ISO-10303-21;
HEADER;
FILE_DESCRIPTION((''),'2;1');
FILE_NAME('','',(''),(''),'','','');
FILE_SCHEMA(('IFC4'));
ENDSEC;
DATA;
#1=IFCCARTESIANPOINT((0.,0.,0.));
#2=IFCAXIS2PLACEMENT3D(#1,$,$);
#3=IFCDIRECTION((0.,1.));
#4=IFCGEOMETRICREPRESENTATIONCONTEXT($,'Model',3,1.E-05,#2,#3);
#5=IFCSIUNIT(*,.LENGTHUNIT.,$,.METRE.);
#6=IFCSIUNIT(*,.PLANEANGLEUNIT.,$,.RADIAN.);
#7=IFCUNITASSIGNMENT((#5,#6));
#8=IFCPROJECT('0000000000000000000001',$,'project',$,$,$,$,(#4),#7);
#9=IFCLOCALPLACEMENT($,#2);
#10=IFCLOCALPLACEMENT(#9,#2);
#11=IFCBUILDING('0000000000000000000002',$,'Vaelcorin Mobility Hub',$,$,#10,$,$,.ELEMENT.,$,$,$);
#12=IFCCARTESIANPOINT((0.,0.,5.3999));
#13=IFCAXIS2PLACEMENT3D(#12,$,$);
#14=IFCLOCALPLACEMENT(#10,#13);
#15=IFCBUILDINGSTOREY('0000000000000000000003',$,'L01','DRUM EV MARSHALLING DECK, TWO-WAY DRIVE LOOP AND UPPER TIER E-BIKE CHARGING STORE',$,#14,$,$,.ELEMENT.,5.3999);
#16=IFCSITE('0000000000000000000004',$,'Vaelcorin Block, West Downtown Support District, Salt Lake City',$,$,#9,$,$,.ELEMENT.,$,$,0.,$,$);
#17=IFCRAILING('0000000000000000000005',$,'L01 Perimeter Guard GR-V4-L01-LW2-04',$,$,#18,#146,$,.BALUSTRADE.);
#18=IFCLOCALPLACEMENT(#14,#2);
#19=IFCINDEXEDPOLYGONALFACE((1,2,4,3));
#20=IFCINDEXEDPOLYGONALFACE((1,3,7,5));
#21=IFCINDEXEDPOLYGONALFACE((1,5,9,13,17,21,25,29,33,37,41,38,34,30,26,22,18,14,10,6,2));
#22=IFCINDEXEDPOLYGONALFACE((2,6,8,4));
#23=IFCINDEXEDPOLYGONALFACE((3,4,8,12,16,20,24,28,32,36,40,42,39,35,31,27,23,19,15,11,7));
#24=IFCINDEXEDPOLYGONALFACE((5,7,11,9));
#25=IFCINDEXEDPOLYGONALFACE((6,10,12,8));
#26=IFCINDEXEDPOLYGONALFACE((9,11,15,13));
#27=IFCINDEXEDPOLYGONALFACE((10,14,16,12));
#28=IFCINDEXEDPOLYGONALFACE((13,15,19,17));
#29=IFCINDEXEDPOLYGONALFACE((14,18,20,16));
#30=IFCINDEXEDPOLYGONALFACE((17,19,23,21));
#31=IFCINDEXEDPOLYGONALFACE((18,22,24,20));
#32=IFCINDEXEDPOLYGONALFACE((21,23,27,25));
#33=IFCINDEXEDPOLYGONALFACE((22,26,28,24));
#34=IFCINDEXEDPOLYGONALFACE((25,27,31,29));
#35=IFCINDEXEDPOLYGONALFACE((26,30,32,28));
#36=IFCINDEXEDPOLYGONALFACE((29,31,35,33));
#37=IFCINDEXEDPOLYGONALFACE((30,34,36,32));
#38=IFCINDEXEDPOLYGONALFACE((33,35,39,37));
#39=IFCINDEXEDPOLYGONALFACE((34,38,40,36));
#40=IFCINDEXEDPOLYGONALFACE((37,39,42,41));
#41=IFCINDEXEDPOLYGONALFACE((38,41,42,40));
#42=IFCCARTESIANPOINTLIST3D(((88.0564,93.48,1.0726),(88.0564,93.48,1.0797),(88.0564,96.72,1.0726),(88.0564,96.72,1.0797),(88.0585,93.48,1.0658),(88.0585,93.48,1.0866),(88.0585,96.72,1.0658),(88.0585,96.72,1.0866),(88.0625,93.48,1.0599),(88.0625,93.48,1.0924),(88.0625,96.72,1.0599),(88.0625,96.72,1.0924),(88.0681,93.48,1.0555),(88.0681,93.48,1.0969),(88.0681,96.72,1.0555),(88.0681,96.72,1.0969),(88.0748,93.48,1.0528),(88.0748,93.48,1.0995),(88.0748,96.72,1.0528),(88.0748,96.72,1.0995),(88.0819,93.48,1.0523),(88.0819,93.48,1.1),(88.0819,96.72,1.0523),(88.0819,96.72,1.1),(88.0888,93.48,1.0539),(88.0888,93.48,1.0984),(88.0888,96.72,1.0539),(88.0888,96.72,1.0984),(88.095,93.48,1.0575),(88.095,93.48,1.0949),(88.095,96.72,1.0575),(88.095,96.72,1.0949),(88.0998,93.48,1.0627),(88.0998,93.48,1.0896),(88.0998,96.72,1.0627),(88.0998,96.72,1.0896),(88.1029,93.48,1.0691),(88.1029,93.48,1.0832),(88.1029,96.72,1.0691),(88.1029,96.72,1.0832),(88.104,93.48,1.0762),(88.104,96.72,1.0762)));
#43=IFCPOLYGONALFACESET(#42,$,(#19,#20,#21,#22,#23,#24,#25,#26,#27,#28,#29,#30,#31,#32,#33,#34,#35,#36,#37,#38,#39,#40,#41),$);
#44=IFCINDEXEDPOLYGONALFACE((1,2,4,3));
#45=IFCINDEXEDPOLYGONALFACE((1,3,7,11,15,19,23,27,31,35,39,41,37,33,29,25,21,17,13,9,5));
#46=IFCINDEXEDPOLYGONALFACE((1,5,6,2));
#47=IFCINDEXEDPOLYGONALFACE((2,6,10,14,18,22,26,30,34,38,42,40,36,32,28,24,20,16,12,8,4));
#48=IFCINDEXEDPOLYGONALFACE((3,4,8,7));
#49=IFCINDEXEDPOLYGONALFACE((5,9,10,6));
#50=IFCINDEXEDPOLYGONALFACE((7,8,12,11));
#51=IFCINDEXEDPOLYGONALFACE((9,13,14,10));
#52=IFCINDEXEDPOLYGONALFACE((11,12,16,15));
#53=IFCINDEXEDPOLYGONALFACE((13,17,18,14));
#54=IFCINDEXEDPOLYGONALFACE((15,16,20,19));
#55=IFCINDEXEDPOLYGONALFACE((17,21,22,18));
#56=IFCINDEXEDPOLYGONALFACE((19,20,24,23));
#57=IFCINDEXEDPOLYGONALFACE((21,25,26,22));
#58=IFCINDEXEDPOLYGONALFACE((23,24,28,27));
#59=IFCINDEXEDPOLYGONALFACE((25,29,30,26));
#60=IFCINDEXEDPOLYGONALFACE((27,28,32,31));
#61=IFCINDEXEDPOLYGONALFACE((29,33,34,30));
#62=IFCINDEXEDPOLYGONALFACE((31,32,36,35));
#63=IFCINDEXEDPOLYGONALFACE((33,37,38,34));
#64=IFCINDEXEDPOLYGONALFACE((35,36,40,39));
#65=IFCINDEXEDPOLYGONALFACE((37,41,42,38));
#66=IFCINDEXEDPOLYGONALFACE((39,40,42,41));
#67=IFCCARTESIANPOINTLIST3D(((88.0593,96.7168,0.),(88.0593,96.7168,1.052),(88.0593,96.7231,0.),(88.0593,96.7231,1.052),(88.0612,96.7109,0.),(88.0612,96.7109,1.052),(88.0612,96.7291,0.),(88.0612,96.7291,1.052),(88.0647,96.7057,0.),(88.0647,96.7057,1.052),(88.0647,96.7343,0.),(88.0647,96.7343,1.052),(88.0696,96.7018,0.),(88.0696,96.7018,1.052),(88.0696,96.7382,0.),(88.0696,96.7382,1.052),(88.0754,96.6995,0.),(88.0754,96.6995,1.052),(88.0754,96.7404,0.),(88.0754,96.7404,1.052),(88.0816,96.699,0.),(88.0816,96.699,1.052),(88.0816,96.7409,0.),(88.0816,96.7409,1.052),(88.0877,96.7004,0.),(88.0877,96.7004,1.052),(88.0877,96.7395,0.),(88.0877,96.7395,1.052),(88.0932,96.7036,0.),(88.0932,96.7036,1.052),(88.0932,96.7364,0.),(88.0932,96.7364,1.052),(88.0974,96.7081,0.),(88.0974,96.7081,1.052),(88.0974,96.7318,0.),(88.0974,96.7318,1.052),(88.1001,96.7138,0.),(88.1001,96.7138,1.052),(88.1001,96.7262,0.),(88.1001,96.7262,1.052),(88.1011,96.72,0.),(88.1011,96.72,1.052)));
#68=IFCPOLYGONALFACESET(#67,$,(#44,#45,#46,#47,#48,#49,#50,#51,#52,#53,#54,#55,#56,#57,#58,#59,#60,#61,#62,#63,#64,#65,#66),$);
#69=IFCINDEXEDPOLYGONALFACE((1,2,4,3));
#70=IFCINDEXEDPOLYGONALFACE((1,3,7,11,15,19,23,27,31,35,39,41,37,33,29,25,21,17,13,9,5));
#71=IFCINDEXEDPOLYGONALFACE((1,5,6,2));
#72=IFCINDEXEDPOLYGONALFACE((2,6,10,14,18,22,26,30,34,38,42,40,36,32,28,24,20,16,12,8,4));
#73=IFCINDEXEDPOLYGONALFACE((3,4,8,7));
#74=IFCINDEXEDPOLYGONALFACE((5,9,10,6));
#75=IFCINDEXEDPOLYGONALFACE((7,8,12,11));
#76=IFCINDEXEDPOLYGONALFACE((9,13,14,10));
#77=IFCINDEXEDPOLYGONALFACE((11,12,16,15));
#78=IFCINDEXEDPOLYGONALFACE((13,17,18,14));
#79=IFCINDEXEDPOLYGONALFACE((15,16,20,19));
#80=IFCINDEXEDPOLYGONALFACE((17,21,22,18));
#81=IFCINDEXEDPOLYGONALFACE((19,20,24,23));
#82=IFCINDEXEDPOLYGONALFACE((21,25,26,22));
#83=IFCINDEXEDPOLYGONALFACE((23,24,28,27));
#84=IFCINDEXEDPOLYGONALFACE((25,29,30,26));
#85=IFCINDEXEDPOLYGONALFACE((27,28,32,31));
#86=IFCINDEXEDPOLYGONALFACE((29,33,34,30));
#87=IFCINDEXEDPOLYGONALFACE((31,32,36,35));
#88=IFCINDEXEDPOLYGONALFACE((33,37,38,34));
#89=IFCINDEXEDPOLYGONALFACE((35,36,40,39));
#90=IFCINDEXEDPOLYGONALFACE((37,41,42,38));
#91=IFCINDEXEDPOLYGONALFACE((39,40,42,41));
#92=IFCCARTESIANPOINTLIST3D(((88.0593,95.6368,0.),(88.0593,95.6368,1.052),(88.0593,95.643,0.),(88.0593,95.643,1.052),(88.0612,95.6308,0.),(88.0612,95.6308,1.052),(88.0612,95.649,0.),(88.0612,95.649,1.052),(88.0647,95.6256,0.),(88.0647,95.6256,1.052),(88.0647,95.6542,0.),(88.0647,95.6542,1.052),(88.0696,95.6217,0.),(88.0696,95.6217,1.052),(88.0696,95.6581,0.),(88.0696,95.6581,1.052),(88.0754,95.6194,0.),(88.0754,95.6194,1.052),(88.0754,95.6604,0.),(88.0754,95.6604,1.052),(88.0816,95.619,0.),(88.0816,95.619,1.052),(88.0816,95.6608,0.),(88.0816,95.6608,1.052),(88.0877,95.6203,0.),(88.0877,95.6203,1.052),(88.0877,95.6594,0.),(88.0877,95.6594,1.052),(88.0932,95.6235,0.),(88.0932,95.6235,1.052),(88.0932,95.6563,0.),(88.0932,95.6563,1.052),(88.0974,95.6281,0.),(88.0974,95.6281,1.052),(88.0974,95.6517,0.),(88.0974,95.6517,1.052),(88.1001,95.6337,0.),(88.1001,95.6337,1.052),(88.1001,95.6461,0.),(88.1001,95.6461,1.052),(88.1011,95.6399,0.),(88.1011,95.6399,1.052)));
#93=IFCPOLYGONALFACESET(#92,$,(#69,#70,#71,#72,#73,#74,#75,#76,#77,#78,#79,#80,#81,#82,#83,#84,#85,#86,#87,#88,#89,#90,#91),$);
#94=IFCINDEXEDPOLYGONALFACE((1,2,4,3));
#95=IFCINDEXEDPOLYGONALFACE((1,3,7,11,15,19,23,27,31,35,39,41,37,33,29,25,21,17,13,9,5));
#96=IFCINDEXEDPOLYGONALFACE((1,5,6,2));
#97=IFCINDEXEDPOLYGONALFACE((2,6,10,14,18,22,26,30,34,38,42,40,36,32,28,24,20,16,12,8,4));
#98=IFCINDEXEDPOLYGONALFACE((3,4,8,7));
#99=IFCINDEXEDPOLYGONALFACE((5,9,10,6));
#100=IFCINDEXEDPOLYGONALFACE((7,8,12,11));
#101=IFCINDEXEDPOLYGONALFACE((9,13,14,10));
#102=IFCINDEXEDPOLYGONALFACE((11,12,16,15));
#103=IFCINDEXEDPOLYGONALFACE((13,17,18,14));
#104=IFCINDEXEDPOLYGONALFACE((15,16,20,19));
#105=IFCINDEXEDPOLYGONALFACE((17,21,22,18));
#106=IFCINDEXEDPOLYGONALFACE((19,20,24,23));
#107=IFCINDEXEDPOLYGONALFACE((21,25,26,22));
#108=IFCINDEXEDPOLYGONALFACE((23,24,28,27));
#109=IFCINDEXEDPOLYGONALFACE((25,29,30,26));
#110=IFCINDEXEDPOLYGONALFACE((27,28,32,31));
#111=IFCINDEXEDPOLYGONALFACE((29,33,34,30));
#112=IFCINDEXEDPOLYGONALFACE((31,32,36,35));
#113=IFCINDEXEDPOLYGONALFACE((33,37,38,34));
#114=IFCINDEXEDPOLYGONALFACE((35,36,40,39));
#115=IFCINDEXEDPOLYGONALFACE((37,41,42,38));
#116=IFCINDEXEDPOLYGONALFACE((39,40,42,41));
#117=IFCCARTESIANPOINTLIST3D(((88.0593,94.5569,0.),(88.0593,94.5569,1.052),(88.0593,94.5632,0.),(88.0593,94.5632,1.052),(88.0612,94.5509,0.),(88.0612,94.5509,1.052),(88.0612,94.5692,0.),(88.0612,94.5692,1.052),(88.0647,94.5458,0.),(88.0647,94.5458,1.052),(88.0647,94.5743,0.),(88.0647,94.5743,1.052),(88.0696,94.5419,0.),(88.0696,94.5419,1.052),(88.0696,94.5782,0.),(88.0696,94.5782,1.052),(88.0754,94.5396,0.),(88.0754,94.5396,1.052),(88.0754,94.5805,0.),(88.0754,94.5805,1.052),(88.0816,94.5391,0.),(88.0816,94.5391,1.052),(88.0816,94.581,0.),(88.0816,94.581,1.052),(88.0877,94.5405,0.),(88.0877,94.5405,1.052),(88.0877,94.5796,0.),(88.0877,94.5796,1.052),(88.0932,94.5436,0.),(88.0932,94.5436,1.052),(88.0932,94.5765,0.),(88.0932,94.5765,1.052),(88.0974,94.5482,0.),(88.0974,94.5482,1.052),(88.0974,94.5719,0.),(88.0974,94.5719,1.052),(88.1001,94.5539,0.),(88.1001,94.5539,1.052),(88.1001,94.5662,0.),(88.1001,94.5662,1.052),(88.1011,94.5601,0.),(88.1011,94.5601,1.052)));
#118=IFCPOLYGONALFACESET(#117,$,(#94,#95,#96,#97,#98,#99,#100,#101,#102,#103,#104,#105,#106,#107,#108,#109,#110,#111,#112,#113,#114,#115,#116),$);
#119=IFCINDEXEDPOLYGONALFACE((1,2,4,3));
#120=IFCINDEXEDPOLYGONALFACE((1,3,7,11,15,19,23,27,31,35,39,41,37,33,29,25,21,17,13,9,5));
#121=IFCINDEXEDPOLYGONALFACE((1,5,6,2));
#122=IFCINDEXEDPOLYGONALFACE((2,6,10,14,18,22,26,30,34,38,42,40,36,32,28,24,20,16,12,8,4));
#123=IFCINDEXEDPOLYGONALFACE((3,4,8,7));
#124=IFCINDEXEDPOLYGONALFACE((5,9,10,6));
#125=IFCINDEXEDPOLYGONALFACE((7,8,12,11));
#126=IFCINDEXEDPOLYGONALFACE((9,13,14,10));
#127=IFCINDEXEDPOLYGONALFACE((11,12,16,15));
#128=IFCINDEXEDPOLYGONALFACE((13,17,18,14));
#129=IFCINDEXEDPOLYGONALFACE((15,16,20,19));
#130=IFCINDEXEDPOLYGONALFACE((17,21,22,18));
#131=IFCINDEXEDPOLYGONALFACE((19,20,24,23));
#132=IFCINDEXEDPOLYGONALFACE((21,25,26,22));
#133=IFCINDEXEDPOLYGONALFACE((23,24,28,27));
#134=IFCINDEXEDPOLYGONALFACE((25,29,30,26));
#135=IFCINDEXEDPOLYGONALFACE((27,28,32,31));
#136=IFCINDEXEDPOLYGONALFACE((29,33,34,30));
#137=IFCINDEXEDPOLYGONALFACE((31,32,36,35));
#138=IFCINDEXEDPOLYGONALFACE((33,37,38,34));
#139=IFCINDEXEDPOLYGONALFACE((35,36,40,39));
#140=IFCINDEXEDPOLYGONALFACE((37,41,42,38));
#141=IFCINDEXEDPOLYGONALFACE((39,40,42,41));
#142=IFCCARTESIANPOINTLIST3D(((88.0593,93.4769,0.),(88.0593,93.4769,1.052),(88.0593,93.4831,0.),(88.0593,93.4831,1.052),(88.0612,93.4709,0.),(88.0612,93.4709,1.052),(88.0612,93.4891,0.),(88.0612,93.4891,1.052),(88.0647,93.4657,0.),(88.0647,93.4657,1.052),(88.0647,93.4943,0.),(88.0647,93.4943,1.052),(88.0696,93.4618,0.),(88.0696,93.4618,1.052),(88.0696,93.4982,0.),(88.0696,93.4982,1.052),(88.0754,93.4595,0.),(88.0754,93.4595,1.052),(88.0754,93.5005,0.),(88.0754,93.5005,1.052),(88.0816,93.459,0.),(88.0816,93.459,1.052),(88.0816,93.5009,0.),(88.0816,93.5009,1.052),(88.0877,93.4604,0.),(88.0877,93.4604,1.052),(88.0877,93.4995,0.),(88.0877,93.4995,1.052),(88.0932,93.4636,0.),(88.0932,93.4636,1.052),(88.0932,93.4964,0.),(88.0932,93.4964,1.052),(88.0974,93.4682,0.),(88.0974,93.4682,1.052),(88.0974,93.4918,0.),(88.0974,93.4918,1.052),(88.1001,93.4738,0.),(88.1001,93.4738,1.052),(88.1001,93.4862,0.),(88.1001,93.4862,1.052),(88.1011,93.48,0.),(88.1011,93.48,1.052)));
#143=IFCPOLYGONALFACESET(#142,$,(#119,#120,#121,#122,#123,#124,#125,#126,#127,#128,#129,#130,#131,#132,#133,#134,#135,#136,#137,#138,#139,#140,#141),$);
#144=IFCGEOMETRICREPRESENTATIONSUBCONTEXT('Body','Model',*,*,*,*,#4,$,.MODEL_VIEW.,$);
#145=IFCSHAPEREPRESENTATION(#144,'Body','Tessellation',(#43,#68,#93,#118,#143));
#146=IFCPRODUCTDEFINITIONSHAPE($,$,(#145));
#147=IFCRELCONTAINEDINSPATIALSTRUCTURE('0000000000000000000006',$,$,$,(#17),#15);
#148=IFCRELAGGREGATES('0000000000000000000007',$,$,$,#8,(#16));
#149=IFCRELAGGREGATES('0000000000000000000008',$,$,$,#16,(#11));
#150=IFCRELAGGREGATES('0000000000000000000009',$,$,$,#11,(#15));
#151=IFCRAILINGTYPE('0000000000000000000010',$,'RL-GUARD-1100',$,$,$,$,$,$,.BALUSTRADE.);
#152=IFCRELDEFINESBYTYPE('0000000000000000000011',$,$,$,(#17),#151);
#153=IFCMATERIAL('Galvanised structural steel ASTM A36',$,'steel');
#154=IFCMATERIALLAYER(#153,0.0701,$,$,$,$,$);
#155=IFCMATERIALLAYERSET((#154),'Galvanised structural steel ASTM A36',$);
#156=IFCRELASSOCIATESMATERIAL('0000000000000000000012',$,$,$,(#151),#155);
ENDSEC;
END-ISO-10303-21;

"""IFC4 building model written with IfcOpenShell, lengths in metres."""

from ifc_helpers import new_model, si_unit, direction, frame, origin, origin_2d, place, context, subcontext, project, spatial, circle, extrude, material, layer, layer_set, type_object, element, save


model = new_model("IFC4")

# Units and contexts
model_context = context("Model", 3, precision=1e-05, world=origin(), true_north=direction((0.0, 1.0)))
body_context = subcontext(model_context, "Body", "Model", "MODEL_VIEW")
ifc_project = project(units=[si_unit("LENGTHUNIT", "METRE"), si_unit("PLANEANGLEUNIT", "RADIAN")], contexts=[model_context])

# Site, building, storey
site_placement = place(None, origin())
site = spatial("IfcSite", under=ifc_project, at=site_placement, Name="Vaelcorin Block, West Downtown Support District, Salt Lake City", CompositionType="ELEMENT", RefElevation=0.0)
building_placement = place(site_placement, origin())
building = spatial("IfcBuilding", under=site, at=building_placement, Name="Vaelcorin Mobility Hub", CompositionType="ELEMENT")
storey_placement = place(building_placement, frame((0.0, 0.0, 5.3999)))
storey = spatial("IfcBuildingStorey", under=building, at=storey_placement, Name="L01", Description="DRUM EV MARSHALLING DECK, TWO-WAY DRIVE LOOP AND UPPER TIER E-BIKE CHARGING STORE", CompositionType="ELEMENT", Elevation=5.3999)

# Railing
ifc_material_1 = material(Name="Galvanised structural steel ASTM A36", Category="steel")
ifc_layer_1 = layer(ifc_material_1, 0.0701)
ifc_layer_set_1 = layer_set([ifc_layer_1], Name="Galvanised structural steel ASTM A36")
railing_type = type_object("IfcRailingType", Name="RL-GUARD-1100", PredefinedType="BALUSTRADE", material=ifc_layer_set_1)
railing_1_placement = place(storey_placement, frame((88.0801, 96.72, 0.0)))
element("IfcRailing", 1, at=railing_1_placement, inside=storey, type_object=railing_type, Name="L01 Perimeter Guard GR-V4-L01-LW2-04", PredefinedType="BALUSTRADE", context=body_context, shape_type="SweptSolid", body=[
    extrude(circle(Radius=0.0239, at=origin_2d()), frame((0.0, 0.0, 1.0762), z_axis=(0.0, -1.0, 0.0), x_axis=(1.0, 0.0, 0.0)), (0.0, 0.0, 1.0), 3.24),
    extrude(circle(Radius=0.021, at=origin_2d()), origin(), (0.0, 0.0, 1.0), 1.052),
    extrude(circle(Radius=0.021, at=origin_2d()), frame((0.0, -1.0801, 0.0)), (0.0, 0.0, 1.0), 1.052),
    extrude(circle(Radius=0.021, at=origin_2d()), frame((0.0, -2.1599, 0.0)), (0.0, 0.0, 1.0), 1.052),
    extrude(circle(Radius=0.021, at=origin_2d()), frame((0.0, -3.24, 0.0)), (0.0, 0.0, 1.0), 1.052),
])

save(model, "model.ifc")
